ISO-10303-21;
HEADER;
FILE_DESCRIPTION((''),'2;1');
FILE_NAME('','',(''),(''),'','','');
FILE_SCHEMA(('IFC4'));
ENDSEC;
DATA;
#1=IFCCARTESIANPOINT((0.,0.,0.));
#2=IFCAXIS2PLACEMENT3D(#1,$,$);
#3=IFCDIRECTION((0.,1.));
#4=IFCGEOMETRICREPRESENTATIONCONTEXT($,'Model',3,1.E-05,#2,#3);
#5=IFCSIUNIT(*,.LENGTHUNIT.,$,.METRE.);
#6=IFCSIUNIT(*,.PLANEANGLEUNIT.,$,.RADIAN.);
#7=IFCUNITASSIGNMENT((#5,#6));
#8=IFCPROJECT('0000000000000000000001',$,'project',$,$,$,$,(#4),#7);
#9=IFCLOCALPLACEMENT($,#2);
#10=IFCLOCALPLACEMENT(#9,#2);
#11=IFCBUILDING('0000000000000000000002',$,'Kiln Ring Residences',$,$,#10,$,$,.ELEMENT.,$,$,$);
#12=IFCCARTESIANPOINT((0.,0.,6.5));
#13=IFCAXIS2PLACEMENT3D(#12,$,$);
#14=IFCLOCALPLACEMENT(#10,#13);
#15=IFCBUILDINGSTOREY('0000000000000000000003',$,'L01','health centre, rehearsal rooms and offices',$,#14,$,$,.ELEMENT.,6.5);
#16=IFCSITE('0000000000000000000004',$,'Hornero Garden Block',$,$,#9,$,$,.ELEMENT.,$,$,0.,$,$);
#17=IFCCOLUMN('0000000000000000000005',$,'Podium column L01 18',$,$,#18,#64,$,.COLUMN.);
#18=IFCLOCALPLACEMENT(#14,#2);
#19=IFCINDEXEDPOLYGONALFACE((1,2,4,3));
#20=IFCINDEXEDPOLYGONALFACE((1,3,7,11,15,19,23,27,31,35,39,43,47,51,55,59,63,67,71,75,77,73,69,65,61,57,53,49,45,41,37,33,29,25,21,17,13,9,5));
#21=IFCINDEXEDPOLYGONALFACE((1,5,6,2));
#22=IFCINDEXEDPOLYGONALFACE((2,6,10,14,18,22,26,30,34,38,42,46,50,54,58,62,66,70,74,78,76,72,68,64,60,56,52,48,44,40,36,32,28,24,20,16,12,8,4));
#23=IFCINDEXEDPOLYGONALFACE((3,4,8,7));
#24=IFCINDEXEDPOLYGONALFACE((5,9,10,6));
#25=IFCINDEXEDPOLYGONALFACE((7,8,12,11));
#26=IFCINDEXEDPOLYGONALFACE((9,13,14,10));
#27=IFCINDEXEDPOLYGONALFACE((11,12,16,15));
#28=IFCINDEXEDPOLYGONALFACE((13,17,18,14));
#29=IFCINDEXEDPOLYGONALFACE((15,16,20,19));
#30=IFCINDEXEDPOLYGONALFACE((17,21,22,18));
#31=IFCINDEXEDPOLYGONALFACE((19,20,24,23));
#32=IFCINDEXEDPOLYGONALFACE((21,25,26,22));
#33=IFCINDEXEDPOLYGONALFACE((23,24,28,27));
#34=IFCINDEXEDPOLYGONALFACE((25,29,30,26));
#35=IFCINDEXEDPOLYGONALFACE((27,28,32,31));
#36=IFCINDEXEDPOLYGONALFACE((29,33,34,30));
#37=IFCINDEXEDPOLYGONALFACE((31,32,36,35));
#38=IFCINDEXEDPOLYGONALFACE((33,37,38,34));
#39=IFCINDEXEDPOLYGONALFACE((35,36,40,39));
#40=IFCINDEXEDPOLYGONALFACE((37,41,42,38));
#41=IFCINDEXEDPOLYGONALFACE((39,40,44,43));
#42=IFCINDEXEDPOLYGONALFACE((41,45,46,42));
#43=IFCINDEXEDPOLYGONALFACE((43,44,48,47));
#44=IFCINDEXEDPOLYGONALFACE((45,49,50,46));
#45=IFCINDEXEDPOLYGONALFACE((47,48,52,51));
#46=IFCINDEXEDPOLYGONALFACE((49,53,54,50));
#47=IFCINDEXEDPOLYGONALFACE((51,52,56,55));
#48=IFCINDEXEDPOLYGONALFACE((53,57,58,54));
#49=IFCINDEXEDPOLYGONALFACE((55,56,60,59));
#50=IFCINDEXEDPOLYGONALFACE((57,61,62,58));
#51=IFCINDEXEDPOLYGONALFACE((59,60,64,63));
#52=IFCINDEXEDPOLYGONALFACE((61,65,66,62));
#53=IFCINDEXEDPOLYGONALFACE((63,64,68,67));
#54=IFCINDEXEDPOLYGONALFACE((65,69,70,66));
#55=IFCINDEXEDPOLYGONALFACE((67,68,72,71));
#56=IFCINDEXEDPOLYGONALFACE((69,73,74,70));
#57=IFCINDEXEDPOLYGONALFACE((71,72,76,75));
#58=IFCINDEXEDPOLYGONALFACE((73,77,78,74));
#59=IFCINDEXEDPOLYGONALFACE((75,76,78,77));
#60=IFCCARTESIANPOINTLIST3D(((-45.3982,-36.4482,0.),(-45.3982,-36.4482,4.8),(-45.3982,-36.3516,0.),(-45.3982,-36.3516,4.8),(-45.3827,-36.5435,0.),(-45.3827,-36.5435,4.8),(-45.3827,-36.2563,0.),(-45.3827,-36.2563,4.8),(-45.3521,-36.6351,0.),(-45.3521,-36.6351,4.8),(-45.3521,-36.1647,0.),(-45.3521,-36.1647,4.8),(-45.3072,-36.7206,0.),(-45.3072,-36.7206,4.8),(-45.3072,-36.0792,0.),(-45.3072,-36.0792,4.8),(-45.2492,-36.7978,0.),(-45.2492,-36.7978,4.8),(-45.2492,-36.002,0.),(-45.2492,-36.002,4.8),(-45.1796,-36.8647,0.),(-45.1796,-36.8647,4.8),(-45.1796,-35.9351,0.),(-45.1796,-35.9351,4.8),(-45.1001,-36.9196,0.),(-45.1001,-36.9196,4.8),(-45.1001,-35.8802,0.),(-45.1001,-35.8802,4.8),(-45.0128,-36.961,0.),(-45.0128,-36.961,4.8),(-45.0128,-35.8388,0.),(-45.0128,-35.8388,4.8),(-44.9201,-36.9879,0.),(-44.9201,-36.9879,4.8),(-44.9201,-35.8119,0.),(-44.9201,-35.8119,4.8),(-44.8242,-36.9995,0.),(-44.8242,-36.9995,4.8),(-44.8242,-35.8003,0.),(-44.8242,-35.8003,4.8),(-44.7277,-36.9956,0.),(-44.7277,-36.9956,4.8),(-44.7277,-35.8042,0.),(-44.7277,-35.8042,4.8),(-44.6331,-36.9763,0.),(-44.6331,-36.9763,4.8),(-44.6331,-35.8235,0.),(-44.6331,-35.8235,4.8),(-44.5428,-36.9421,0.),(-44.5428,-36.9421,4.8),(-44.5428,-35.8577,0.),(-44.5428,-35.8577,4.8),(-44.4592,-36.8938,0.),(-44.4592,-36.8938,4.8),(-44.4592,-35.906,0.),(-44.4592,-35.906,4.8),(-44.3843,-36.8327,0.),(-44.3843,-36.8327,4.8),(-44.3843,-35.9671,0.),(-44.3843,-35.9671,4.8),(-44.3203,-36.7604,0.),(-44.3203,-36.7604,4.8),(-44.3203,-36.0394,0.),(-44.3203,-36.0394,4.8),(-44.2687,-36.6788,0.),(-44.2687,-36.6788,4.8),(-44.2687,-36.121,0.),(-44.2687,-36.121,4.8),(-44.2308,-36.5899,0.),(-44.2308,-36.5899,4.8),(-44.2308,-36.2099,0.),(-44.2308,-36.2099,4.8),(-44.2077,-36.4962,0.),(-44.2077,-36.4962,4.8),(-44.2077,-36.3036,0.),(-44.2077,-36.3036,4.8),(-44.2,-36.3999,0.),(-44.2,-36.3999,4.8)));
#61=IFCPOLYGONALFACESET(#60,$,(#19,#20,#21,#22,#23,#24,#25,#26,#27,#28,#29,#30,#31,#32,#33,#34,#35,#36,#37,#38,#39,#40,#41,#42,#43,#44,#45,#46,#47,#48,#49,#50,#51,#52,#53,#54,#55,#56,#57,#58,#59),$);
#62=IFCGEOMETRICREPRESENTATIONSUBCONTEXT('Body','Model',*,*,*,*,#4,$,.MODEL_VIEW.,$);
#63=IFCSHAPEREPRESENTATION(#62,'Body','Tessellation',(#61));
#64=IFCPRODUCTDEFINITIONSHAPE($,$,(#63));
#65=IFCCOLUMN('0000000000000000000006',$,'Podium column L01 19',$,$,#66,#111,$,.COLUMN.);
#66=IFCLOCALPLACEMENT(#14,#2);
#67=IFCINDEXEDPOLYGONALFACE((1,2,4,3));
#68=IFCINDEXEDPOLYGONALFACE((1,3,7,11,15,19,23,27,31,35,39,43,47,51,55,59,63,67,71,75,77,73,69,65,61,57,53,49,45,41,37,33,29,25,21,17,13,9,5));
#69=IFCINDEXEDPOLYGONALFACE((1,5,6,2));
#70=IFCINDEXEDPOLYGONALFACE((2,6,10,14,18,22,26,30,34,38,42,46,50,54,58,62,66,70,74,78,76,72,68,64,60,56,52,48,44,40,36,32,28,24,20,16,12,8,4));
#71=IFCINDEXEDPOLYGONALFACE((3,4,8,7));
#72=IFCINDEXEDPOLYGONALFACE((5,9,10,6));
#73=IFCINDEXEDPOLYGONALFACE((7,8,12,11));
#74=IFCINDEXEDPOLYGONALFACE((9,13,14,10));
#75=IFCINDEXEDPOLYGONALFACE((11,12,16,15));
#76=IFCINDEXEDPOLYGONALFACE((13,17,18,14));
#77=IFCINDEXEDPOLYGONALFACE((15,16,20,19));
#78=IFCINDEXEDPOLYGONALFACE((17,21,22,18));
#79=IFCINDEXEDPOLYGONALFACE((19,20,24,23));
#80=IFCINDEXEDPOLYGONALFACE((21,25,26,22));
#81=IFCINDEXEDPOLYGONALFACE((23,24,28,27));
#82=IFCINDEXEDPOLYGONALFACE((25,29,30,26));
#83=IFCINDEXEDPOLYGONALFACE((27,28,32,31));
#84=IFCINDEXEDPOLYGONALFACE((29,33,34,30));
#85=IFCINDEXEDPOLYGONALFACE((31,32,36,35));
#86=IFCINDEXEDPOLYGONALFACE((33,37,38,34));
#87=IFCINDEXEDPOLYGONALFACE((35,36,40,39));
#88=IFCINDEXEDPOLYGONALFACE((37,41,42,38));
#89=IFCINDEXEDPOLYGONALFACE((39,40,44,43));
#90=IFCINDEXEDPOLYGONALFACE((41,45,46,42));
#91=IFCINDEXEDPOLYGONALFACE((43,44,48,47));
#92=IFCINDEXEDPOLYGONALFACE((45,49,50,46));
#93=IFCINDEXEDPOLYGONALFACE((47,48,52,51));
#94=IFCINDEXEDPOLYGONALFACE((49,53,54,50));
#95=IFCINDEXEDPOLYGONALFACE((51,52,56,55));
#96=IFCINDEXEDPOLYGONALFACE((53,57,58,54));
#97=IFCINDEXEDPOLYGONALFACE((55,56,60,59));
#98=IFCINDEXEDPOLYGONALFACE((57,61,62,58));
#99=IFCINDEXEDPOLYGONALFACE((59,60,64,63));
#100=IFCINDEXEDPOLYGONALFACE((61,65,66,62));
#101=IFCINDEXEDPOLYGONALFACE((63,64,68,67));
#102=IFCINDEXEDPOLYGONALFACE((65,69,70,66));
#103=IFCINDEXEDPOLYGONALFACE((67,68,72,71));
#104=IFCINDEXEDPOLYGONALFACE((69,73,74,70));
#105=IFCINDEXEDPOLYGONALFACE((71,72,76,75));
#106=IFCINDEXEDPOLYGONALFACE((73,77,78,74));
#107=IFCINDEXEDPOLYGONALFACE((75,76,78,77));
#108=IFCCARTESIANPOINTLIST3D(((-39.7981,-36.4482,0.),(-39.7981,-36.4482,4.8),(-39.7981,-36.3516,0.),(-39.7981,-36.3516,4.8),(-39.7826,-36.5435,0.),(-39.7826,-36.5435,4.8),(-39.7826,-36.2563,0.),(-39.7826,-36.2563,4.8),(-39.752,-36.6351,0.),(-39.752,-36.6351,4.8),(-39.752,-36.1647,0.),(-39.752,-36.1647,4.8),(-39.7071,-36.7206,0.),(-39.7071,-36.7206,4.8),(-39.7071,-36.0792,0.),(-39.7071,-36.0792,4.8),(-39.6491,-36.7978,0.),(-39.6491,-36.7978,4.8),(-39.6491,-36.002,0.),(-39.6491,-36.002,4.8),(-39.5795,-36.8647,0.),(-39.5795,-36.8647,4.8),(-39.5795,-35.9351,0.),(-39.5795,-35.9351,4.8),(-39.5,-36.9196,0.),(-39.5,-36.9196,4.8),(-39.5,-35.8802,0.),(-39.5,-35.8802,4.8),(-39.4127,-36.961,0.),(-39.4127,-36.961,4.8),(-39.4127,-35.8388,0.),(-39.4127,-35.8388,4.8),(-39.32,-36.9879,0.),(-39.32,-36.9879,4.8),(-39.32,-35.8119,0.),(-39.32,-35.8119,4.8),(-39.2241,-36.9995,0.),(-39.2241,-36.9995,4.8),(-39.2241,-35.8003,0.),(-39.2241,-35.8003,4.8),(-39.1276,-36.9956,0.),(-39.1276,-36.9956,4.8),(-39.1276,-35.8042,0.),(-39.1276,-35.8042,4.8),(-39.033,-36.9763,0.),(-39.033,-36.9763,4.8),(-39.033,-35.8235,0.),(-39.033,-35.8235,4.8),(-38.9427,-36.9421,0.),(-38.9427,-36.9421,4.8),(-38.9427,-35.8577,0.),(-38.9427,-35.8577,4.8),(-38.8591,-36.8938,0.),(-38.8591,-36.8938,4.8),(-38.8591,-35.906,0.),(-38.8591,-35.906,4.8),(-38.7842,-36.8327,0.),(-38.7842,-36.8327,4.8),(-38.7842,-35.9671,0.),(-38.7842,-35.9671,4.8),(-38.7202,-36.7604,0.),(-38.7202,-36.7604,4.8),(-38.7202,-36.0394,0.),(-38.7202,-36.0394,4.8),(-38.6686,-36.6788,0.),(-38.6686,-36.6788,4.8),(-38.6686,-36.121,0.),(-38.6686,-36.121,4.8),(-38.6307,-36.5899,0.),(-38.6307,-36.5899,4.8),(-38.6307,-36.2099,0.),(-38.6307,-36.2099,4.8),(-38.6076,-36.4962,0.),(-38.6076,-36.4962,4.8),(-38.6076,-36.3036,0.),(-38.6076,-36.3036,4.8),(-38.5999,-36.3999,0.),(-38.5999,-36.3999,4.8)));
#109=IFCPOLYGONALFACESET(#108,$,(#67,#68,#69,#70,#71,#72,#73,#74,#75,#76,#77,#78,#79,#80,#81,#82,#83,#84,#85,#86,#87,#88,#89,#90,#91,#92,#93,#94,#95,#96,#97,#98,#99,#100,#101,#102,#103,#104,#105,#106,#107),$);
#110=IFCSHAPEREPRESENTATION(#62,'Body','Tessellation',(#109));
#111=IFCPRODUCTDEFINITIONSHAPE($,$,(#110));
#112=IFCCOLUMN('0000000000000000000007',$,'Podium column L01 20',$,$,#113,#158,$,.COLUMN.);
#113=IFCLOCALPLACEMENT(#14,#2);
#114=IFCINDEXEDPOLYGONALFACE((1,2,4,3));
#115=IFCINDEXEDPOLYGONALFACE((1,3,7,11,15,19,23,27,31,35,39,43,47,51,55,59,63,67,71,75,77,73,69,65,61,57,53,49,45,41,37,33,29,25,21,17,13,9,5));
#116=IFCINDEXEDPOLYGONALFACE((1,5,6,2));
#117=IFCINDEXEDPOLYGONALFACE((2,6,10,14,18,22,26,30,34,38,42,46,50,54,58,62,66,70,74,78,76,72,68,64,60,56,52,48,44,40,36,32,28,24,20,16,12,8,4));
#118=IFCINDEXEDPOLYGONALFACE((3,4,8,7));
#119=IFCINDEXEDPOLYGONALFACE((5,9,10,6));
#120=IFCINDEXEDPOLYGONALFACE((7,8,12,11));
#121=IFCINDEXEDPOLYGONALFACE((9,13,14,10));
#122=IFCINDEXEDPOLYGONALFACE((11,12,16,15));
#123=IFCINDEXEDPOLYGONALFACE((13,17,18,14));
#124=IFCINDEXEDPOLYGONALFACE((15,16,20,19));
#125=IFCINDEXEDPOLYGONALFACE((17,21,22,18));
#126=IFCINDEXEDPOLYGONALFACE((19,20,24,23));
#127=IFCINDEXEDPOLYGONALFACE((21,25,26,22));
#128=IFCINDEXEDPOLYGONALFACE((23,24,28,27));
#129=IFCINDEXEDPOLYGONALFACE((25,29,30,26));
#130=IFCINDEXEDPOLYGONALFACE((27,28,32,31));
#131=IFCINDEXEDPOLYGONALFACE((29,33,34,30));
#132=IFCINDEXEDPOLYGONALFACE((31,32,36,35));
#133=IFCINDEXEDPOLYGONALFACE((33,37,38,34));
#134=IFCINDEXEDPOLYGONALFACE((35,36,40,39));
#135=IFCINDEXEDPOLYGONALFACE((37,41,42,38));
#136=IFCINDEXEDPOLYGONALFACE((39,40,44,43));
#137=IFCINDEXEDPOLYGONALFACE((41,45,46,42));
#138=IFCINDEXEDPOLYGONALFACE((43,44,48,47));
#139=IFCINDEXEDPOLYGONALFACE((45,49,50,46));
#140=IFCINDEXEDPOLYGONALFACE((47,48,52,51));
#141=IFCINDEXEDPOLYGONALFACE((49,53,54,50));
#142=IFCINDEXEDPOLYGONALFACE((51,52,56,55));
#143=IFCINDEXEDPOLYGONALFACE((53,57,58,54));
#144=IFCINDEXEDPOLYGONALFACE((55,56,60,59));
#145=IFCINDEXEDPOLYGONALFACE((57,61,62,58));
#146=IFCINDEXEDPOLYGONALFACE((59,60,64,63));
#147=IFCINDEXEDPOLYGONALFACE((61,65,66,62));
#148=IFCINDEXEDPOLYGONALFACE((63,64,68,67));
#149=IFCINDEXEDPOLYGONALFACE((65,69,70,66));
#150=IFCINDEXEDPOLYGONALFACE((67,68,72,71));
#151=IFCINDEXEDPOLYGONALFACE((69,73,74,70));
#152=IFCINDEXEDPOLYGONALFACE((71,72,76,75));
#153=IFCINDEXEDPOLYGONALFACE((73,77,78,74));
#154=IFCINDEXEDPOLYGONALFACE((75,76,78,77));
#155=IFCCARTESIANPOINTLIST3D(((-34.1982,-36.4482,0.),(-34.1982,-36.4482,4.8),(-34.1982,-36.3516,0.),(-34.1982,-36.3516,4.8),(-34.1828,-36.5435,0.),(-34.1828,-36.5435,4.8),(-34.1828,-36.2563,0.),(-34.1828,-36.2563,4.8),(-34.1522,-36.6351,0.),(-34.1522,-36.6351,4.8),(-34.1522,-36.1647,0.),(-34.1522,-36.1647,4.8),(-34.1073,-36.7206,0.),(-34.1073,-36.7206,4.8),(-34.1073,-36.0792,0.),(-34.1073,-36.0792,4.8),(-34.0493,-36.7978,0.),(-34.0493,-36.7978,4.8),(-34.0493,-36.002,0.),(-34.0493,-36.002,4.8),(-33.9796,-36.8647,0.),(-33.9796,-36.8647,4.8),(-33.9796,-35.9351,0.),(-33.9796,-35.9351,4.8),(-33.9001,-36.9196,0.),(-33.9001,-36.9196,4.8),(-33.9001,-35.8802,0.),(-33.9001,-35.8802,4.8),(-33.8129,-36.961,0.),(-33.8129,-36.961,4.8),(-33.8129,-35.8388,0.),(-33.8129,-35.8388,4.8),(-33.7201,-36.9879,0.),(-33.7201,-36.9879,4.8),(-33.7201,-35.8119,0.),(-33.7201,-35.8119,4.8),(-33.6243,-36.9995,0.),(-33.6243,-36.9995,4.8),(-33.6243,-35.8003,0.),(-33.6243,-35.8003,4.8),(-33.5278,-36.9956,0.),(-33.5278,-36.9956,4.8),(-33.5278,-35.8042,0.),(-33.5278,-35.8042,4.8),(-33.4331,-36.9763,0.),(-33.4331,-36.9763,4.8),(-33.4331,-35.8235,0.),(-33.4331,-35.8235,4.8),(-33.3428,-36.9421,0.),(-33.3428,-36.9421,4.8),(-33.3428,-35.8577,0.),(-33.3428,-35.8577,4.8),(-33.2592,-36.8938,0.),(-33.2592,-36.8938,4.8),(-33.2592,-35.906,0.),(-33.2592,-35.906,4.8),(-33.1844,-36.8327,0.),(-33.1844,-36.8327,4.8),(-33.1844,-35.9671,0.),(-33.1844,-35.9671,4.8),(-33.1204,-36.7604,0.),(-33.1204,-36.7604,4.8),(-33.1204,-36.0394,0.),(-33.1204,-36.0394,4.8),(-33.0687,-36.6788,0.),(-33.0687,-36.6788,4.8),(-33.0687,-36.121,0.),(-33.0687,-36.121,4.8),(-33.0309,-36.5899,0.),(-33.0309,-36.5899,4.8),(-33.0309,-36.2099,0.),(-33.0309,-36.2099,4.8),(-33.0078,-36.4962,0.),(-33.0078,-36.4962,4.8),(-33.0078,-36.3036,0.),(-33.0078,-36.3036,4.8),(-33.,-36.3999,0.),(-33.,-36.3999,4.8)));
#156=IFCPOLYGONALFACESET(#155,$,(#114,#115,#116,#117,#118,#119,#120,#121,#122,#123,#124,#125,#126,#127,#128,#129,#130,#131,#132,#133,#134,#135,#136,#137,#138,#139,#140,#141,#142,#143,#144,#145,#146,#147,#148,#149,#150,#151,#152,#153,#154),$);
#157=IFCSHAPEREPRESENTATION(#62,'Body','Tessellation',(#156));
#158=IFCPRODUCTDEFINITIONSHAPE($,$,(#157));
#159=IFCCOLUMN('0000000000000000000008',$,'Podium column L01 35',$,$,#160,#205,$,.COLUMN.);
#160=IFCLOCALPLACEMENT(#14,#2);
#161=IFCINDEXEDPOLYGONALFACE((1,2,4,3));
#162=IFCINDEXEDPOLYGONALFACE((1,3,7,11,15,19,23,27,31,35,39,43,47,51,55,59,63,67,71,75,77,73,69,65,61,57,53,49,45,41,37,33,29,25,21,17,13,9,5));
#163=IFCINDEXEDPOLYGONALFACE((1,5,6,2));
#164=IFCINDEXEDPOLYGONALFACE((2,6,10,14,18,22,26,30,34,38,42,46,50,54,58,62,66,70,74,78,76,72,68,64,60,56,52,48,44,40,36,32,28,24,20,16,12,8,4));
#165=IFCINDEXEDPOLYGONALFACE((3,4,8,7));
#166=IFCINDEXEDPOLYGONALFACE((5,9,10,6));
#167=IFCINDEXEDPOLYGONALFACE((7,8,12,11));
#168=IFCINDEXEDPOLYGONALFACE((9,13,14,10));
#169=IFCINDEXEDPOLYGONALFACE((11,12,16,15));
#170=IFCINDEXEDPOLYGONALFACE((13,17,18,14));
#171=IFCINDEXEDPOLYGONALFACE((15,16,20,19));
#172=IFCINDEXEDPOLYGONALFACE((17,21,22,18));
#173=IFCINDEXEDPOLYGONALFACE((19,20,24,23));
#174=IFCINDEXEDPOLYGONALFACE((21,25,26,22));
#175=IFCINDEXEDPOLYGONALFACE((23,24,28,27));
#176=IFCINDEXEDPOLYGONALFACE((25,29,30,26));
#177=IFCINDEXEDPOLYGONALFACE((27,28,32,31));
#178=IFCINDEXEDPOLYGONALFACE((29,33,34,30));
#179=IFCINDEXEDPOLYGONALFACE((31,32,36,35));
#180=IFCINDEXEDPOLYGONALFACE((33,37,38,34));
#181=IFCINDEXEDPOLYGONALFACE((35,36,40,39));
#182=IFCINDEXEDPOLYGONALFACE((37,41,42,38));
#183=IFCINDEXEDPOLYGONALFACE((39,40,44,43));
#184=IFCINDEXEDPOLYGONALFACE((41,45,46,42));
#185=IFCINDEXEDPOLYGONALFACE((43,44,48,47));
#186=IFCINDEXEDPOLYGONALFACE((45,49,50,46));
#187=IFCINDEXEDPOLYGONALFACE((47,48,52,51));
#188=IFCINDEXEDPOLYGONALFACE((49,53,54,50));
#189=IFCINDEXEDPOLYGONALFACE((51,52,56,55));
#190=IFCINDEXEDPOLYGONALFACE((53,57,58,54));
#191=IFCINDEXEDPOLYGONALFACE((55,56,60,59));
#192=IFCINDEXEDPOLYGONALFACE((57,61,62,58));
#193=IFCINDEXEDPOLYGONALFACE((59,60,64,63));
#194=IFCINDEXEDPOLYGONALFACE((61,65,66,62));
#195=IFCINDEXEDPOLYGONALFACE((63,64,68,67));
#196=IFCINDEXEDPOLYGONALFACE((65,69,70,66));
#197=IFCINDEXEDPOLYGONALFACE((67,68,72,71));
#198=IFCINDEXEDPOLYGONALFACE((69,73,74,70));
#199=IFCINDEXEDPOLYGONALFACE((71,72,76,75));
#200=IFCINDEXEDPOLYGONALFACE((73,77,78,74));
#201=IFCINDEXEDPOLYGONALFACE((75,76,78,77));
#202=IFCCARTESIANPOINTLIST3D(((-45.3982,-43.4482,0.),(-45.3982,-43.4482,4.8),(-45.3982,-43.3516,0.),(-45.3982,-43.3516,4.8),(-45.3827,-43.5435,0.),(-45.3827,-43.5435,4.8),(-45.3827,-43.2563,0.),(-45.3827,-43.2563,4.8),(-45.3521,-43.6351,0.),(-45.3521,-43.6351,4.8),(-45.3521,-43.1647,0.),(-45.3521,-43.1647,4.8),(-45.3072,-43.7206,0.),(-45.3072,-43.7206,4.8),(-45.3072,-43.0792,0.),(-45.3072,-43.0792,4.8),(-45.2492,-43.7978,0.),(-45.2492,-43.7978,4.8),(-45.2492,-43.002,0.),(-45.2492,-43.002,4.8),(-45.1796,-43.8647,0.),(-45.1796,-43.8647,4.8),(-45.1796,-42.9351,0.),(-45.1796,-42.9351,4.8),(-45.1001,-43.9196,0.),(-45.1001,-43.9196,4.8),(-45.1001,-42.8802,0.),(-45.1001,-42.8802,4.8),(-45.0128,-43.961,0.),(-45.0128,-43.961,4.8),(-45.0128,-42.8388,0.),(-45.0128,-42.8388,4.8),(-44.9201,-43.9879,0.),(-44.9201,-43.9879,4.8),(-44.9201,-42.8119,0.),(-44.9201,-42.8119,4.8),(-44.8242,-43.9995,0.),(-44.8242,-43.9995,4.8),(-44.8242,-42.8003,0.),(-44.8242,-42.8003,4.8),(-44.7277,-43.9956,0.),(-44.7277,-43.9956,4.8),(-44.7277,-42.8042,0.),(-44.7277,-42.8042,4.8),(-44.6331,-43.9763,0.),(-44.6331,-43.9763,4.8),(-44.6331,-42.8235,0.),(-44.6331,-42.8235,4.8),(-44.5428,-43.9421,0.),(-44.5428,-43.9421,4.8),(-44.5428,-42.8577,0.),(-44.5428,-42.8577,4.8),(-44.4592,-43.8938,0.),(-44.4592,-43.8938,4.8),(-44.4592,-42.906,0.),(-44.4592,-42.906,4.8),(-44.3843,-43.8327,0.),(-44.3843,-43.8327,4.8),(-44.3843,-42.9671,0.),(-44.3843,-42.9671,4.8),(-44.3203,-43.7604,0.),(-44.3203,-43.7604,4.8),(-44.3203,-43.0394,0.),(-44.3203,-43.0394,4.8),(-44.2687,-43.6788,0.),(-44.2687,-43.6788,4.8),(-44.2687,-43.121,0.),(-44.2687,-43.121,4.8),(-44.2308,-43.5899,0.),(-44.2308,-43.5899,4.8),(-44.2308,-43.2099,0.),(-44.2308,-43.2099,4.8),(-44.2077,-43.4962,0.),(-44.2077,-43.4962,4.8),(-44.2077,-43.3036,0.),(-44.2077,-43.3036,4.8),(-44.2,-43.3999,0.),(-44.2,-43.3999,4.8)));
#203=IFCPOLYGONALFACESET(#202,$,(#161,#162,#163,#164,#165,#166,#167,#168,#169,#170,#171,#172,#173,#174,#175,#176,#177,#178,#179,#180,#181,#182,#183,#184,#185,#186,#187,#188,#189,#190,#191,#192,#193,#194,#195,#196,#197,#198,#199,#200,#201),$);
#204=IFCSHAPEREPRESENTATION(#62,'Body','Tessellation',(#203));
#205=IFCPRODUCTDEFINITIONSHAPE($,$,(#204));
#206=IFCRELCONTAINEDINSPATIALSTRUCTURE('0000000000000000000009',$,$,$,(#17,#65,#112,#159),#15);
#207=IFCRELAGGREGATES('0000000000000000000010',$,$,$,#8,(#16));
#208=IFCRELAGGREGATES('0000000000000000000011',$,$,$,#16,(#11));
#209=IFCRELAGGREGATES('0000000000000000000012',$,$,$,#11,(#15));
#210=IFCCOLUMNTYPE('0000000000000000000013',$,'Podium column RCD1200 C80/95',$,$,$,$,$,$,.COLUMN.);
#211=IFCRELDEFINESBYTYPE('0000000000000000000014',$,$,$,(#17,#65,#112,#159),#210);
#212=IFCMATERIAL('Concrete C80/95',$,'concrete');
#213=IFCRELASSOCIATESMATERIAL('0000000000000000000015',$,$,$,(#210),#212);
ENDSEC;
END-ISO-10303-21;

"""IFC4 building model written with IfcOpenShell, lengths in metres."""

from ifc_helpers import new_model, si_unit, direction, frame, origin, origin_2d, place, context, subcontext, project, spatial, circle, extrude, material, material_profile, profile_set, type_object, element, save


model = new_model("IFC4")

# Units and contexts
model_context = context("Model", 3, precision=1e-05, world=origin(), true_north=direction((0.0, 1.0)))
body_context = subcontext(model_context, "Body", "Model", "MODEL_VIEW")
ifc_project = project(units=[si_unit("LENGTHUNIT", "METRE"), si_unit("PLANEANGLEUNIT", "RADIAN")], contexts=[model_context])

# Site, building, storey
site_placement = place(None, origin())
site = spatial("IfcSite", under=ifc_project, at=site_placement, Name="Hornero Garden Block", CompositionType="ELEMENT", RefElevation=0.0)
building_placement = place(site_placement, origin())
building = spatial("IfcBuilding", under=site, at=building_placement, Name="Kiln Ring Residences", CompositionType="ELEMENT")
storey_placement = place(building_placement, frame((0.0, 0.0, 6.5)))
storey = spatial("IfcBuildingStorey", under=building, at=storey_placement, Name="L01", Description="health centre, rehearsal rooms and offices", CompositionType="ELEMENT", Elevation=6.5)

# Columns
ifc_material_1 = material(Name="Concrete C80/95", Category="concrete")
ifc_material_profile_1 = material_profile(ifc_material_1, circle(Radius=0.6001, at=origin_2d()), Name="RCD1200")
ifc_profile_set_1 = profile_set([ifc_material_profile_1], Name="Concrete C80/95")
column_type = type_object("IfcColumnType", Name="Podium column RCD1200 C80/95", PredefinedType="COLUMN", material=ifc_profile_set_1)
for number, where, z_axis, x_axis, name in (
    (1, (-44.8, -36.3999, 0.0), (0.0, 0.0, 1.0), (1.0, 0.0, 0.0), "Podium column L01 18"),
    (2, (-39.2, -36.3999, 0.0), (0.0, 0.0, 1.0), (1.0, 0.0, 0.0), "Podium column L01 19"),
    (3, (-33.6001, -36.3999, 0.0), (0.0, 0.0, 1.0), (1.0, 0.0, 0.0), "Podium column L01 20"),
    (4, (-44.8, -43.3999, 0.0), (0.0, 0.0, 1.0), (1.0, 0.0, 0.0), "Podium column L01 35"),
):
    element("IfcColumn", number, at=place(storey_placement, frame(where, z_axis=z_axis, x_axis=x_axis)), inside=storey, type_object=column_type, Name=name, PredefinedType="COLUMN", context=body_context, shape_type="SweptSolid", body=[
        extrude(circle(Radius=0.6001, at=origin_2d()), origin(), (0.0, 0.0, 1.0), 4.8),
    ])

save(model, "model.ifc")
